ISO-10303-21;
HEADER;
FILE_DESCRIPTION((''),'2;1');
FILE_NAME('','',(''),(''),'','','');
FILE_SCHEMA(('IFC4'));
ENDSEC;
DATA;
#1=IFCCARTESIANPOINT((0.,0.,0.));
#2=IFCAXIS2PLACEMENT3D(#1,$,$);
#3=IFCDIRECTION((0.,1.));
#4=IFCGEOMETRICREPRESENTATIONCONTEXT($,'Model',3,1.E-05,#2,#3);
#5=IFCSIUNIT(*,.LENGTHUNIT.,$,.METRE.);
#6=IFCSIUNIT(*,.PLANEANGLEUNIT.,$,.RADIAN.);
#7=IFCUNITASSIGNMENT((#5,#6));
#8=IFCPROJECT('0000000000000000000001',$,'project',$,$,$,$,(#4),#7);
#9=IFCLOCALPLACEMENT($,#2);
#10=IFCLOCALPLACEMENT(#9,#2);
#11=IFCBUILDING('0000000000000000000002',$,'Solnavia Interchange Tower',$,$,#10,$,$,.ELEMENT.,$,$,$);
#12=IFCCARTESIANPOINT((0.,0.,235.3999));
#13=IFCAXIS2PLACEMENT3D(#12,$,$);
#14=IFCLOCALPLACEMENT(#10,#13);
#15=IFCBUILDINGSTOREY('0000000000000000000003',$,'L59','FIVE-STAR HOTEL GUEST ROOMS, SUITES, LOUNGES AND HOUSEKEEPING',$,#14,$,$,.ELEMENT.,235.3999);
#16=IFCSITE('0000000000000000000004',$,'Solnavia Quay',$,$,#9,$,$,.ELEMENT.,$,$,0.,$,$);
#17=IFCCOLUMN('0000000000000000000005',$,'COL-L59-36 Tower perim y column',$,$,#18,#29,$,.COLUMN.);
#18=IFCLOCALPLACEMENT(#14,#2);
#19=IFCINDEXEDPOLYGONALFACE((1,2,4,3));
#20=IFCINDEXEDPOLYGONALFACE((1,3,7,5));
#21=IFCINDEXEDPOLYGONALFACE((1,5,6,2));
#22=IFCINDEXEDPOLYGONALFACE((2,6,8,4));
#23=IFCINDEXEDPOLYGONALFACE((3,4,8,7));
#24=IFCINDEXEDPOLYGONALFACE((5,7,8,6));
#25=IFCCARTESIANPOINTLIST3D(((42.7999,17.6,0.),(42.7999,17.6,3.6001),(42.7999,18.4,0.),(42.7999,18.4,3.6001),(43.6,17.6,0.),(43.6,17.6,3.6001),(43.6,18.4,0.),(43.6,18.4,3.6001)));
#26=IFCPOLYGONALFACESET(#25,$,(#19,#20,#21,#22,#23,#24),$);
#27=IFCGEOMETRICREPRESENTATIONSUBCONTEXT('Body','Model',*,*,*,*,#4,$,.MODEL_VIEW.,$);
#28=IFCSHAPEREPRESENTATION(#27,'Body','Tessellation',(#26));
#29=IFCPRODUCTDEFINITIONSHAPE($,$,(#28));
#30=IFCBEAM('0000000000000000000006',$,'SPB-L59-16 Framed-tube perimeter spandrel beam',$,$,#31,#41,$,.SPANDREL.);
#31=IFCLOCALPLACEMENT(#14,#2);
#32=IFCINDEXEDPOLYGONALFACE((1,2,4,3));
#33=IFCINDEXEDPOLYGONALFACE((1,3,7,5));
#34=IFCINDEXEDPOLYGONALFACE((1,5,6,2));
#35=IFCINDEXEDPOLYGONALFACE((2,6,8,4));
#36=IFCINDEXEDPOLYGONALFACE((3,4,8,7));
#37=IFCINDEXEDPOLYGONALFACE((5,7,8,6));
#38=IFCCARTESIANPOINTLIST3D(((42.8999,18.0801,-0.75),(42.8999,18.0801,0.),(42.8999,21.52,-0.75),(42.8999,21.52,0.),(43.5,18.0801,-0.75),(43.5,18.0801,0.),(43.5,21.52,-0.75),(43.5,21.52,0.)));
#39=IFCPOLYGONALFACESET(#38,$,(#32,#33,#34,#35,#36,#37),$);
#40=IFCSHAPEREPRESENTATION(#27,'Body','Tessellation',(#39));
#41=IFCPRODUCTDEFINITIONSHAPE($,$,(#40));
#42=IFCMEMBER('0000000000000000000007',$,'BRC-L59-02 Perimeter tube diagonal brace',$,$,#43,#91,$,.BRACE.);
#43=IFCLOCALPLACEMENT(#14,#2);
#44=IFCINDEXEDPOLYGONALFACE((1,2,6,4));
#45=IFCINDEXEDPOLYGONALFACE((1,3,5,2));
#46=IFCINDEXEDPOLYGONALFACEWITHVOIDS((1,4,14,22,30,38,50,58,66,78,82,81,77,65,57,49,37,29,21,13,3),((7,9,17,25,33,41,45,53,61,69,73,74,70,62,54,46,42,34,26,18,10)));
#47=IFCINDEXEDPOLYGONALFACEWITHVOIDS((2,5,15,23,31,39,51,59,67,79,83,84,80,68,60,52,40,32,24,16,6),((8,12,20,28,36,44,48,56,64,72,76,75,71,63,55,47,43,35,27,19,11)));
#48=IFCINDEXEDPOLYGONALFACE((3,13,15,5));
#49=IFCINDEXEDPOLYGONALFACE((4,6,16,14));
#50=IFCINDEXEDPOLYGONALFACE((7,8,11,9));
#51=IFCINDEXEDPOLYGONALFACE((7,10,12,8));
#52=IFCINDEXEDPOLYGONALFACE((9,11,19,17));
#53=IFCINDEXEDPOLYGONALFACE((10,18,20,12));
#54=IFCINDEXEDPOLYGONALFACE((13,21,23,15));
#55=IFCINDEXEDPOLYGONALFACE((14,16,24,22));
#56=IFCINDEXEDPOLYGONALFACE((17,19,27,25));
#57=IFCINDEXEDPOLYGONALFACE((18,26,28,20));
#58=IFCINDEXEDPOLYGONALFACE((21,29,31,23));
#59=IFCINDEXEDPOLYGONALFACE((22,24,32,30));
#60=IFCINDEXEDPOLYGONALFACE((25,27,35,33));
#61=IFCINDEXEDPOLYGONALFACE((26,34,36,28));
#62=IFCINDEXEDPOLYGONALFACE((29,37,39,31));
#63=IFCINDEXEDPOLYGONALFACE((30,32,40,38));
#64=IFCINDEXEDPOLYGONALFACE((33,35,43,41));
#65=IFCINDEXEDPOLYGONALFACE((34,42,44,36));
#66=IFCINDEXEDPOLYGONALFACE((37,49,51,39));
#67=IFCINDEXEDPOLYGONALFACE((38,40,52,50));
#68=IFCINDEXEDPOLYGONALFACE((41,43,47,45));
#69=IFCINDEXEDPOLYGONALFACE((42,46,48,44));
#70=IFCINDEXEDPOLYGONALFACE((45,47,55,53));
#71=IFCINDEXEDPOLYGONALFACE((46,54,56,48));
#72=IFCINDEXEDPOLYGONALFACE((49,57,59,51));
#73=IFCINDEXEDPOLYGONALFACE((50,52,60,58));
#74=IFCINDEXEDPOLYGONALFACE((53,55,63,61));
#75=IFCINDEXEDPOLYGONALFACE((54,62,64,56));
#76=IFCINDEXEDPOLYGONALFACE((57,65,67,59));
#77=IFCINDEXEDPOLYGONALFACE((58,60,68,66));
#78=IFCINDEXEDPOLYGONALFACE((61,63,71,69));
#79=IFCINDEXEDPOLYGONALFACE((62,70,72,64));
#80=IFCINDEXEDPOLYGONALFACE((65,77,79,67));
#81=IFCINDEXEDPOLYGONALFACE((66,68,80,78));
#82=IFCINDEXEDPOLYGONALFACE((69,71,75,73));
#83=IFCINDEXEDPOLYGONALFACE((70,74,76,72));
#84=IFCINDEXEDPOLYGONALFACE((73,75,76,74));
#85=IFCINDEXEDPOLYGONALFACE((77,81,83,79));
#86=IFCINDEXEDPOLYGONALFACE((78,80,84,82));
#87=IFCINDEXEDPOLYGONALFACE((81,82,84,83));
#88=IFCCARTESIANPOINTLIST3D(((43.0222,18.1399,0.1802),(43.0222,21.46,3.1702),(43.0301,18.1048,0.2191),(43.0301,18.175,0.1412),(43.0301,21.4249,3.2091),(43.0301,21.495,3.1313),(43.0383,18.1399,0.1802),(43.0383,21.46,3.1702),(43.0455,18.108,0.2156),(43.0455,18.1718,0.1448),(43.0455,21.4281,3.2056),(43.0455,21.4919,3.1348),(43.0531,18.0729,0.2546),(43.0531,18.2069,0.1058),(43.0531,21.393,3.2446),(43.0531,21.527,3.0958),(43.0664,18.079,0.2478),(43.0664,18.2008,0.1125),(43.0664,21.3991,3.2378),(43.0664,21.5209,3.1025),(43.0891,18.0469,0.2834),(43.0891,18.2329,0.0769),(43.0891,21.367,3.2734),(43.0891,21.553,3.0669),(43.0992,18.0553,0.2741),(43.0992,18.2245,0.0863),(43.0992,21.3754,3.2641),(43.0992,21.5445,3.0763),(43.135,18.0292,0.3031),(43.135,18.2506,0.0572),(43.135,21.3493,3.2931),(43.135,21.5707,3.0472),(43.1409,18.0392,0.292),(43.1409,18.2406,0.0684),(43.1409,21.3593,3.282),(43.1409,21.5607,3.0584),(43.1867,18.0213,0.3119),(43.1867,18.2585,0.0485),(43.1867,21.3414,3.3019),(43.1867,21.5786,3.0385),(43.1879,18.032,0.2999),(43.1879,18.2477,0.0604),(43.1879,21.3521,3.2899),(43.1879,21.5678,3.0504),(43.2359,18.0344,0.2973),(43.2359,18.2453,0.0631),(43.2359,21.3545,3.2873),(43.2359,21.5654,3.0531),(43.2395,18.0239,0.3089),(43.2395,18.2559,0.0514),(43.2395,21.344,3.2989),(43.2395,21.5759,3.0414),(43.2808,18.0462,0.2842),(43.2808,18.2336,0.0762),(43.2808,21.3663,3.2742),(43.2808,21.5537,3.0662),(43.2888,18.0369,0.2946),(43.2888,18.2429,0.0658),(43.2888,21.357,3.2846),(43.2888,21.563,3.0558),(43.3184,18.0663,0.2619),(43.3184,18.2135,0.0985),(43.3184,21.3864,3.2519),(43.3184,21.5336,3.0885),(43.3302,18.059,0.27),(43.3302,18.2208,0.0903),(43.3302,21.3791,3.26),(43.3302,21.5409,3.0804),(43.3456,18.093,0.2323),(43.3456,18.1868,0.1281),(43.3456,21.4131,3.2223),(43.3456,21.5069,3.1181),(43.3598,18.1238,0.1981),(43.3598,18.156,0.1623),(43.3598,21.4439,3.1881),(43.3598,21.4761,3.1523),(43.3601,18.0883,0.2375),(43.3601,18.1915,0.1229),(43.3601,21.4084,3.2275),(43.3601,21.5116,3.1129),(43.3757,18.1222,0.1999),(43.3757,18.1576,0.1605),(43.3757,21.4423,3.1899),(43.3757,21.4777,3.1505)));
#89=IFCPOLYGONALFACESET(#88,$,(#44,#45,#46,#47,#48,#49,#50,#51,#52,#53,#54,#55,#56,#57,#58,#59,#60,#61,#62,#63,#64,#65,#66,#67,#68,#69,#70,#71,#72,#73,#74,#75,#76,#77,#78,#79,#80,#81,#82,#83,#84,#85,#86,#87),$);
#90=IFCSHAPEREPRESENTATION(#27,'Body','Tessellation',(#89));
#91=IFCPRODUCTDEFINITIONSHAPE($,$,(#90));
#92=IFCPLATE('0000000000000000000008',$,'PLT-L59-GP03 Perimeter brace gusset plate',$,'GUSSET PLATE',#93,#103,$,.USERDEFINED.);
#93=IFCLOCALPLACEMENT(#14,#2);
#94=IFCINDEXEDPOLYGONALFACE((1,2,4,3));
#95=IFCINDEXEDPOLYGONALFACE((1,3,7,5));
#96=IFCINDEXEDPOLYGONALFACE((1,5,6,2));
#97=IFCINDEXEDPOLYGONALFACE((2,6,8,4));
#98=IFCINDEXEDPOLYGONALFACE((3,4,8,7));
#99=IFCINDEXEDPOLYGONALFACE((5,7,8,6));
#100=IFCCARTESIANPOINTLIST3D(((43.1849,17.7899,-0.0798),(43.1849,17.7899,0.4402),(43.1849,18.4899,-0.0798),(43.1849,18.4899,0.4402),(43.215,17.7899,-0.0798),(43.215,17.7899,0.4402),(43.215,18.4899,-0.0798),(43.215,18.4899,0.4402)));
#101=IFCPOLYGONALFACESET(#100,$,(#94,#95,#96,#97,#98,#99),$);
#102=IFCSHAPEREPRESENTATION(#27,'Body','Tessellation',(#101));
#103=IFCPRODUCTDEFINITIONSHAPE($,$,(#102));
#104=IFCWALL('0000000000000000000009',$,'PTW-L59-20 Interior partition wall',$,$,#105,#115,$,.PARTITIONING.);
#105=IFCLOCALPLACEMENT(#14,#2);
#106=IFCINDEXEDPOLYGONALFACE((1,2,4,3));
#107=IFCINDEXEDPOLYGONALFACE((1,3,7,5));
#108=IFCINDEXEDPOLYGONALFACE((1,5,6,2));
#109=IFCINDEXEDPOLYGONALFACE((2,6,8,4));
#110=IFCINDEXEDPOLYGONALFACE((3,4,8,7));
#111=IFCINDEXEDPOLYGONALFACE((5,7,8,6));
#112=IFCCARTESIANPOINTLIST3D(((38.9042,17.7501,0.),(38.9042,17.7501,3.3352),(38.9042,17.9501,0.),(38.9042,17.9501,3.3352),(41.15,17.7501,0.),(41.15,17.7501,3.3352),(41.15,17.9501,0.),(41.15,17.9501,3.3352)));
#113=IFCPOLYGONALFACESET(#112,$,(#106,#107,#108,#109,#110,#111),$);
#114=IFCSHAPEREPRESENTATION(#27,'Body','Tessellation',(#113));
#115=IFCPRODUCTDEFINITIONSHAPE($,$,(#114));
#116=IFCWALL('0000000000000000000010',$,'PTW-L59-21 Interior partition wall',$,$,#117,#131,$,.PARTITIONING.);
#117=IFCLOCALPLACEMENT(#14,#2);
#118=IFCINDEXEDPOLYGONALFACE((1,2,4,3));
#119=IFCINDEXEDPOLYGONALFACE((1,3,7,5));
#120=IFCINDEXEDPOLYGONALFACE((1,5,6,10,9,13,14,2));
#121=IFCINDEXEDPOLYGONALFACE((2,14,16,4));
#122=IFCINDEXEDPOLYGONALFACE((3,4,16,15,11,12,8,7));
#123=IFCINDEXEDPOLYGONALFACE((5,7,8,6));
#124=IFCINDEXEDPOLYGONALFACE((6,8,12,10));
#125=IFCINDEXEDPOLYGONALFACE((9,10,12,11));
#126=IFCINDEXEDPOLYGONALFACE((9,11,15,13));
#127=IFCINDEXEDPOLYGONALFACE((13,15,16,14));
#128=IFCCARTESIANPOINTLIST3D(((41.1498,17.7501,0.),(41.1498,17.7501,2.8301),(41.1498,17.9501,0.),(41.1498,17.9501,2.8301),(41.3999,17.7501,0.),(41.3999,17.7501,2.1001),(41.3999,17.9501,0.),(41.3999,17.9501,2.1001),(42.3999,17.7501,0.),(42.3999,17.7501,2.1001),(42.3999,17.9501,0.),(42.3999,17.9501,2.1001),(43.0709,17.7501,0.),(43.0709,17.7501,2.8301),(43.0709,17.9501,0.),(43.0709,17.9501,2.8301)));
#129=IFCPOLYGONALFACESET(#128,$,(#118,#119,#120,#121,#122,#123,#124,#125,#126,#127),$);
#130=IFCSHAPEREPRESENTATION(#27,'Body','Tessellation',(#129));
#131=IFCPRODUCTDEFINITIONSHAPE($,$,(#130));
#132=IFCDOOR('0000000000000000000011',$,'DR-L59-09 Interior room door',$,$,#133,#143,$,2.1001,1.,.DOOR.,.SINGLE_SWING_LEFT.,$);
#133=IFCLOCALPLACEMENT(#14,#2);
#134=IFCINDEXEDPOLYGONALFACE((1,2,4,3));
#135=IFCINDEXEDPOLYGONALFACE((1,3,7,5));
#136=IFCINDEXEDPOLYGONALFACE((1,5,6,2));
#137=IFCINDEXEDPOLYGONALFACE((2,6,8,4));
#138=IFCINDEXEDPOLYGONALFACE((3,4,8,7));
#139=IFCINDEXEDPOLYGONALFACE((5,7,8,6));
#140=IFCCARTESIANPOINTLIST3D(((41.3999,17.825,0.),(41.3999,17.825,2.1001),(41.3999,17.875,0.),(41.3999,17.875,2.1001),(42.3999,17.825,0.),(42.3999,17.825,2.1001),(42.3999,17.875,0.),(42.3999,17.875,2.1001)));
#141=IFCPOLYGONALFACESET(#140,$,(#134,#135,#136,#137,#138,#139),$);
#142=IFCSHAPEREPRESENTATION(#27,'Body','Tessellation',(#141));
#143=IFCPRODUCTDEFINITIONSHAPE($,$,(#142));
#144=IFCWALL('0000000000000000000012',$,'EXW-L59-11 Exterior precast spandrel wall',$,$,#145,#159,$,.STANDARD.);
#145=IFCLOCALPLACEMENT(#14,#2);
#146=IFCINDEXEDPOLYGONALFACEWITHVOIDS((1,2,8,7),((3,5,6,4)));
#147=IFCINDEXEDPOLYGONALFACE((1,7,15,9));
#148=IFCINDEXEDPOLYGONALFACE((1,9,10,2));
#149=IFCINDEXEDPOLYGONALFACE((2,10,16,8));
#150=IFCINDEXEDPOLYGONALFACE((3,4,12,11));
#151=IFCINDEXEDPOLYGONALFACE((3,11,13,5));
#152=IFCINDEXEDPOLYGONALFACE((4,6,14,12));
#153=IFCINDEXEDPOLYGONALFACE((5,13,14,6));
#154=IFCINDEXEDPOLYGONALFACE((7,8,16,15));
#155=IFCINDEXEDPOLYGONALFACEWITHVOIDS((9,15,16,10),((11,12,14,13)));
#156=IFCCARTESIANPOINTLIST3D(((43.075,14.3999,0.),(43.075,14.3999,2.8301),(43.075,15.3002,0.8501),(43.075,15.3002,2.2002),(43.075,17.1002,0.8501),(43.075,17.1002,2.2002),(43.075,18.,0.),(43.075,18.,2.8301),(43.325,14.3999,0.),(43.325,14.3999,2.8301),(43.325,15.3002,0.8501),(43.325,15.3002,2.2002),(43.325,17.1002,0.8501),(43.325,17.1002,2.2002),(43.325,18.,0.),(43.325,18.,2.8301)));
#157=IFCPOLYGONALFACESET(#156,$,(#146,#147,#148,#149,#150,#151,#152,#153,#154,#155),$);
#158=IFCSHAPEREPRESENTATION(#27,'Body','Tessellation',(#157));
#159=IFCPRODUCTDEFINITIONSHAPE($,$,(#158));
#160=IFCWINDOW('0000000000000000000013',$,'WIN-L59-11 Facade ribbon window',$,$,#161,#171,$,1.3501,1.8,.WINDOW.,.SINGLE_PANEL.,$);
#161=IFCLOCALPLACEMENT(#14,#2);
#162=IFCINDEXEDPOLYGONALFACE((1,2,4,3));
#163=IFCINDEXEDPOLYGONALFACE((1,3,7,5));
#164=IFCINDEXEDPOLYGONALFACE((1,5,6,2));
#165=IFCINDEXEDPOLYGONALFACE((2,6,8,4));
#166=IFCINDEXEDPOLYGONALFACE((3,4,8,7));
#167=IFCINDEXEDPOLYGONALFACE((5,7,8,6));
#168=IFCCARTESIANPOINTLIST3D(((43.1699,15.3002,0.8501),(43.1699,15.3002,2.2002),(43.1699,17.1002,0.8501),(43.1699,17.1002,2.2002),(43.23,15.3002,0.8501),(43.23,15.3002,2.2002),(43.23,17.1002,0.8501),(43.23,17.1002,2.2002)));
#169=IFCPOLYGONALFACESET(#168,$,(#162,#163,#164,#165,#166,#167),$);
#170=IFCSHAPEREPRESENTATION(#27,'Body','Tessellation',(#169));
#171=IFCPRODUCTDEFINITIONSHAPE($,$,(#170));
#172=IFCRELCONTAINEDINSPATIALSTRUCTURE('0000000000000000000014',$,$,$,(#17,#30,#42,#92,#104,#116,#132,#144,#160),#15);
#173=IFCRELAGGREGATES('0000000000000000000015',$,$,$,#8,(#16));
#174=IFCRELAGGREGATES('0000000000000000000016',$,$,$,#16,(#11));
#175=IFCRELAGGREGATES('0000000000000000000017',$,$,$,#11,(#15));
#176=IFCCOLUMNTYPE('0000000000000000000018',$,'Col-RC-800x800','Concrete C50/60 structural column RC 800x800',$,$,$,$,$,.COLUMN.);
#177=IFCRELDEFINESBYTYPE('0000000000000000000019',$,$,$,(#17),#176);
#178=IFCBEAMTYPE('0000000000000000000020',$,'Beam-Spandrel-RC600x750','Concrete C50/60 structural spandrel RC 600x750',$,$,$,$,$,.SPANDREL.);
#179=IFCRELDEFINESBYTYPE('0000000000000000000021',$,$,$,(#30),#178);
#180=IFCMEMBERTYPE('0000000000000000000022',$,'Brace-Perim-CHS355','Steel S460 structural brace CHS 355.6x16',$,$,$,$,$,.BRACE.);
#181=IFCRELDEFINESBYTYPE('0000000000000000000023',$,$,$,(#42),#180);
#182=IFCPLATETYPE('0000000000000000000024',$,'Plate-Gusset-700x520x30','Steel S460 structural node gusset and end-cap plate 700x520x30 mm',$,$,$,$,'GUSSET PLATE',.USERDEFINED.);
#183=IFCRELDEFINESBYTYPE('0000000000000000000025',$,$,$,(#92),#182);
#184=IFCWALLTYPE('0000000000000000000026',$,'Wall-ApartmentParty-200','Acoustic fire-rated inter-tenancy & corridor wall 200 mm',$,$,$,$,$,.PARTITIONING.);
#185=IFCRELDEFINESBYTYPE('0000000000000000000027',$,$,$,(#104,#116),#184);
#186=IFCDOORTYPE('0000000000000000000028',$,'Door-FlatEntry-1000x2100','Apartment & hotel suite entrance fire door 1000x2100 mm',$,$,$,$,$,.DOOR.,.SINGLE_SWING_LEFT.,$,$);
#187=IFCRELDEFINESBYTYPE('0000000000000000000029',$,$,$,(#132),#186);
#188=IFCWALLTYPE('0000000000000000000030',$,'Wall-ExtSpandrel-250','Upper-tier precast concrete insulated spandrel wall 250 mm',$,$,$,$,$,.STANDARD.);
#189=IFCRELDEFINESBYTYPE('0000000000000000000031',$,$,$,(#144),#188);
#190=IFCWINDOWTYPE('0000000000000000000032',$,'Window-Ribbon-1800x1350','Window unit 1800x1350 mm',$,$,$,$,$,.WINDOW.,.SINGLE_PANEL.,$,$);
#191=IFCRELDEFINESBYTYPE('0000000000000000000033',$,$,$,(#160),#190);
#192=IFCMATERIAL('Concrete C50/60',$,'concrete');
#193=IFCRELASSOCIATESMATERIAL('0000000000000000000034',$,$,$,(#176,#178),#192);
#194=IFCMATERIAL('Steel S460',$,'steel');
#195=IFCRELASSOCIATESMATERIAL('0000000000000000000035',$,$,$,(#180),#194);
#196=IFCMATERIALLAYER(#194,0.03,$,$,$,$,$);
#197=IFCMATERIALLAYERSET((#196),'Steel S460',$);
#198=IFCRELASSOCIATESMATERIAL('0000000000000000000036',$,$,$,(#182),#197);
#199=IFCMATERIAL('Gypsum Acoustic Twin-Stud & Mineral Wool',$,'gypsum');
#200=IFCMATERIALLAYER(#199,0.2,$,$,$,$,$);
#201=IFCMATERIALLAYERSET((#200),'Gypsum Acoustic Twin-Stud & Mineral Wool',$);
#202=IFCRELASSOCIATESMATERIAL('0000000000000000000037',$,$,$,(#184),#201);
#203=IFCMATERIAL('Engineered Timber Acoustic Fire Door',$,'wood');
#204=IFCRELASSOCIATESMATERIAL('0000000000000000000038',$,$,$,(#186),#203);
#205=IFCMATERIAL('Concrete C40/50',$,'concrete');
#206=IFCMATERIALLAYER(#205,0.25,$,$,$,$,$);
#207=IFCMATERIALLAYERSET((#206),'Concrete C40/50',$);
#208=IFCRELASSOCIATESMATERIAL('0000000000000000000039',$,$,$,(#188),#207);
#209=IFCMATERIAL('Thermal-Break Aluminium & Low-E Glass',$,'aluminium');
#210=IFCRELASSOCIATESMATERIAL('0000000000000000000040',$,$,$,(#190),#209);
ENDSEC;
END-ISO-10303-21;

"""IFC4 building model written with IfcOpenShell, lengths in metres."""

from ifc_helpers import new_model, si_unit, direction, frame, frame_2d, origin, origin_2d, place, context, subcontext, project, spatial, rectangle, hollow_circle, extrude, material, layer, layer_set, material_profile, profile_set, type_object, element, fill, save


model = new_model("IFC4")

# Units and contexts
model_context = context("Model", 3, precision=1e-05, world=origin(), true_north=direction((0.0, 1.0)))
body_context = subcontext(model_context, "Body", "Model", "MODEL_VIEW")
ifc_project = project(units=[si_unit("LENGTHUNIT", "METRE"), si_unit("PLANEANGLEUNIT", "RADIAN")], contexts=[model_context])

# Site, building, storey
site_placement = place(None, origin())
site = spatial("IfcSite", under=ifc_project, at=site_placement, Name="Solnavia Quay", CompositionType="ELEMENT", RefElevation=0.0)
building_placement = place(site_placement, origin())
building = spatial("IfcBuilding", under=site, at=building_placement, Name="Solnavia Interchange Tower", CompositionType="ELEMENT")
storey_placement = place(building_placement, frame((0.0, 0.0, 235.3999)))
storey = spatial("IfcBuildingStorey", under=building, at=storey_placement, Name="L59", Description="FIVE-STAR HOTEL GUEST ROOMS, SUITES, LOUNGES AND HOUSEKEEPING", CompositionType="ELEMENT", Elevation=235.3999)

# Column
ifc_material_1 = material(Name="Concrete C50/60", Category="concrete")
ifc_material_profile_1 = material_profile(ifc_material_1, rectangle(XDim=0.8, YDim=0.8, at=origin_2d()), Name="RC 800x800")
ifc_profile_set_1 = profile_set([ifc_material_profile_1], Name="Concrete C50/60")
column_type = type_object("IfcColumnType", Name="Col-RC-800x800", Description="Concrete C50/60 structural column RC 800x800", PredefinedType="COLUMN", material=ifc_profile_set_1)
column_placement = place(storey_placement, frame((43.2, 18.0, 0.0), z_axis=(0.0, 0.0, 1.0), x_axis=(0.0, 1.0, 0.0)))
element("IfcColumn", 1, at=column_placement, inside=storey, type_object=column_type, Name="COL-L59-36 Tower perim y column", PredefinedType="COLUMN", context=body_context, shape_type="SweptSolid", body=[
    extrude(rectangle(XDim=0.8, YDim=0.8, at=origin_2d()), origin(), (0.0, 0.0, 1.0), 3.6001),
])

# Beam
ifc_material_profile_2 = material_profile(ifc_material_1, rectangle(XDim=0.6001, YDim=0.75, at=origin_2d()), Name="RC 600x750")
ifc_profile_set_2 = profile_set([ifc_material_profile_2], Name="Concrete C50/60")
beam_type = type_object("IfcBeamType", Name="Beam-Spandrel-RC600x750", Description="Concrete C50/60 structural spandrel RC 600x750", PredefinedType="SPANDREL", material=ifc_profile_set_2)
beam_placement = place(storey_placement, frame((43.2, 18.0801, -0.375), z_axis=(0.0, 1.0, 0.0), x_axis=(-1.0, 0.0, 0.0)))
element("IfcBeam", 2, at=beam_placement, inside=storey, type_object=beam_type, Name="SPB-L59-16 Framed-tube perimeter spandrel beam", PredefinedType="SPANDREL", context=body_context, shape_type="SweptSolid", body=[
    extrude(rectangle(XDim=0.6001, YDim=0.75, at=origin_2d()), origin(), (0.0, 0.0, 1.0), 3.4399),
])

# Member
ifc_material_2 = material(Name="Steel S460", Category="steel")
ifc_material_profile_3 = material_profile(ifc_material_2, hollow_circle(Radius=0.1777, WallThickness=0.0161, at=origin_2d()), Name="CHS 355.6x16")
ifc_profile_set_3 = profile_set([ifc_material_profile_3], Name="Steel S460")
member_type = type_object("IfcMemberType", Name="Brace-Perim-CHS355", Description="Steel S460 structural brace CHS 355.6x16", PredefinedType="BRACE", material=ifc_profile_set_3)
member_placement = place(storey_placement, frame((43.2, 18.1399, 0.1802), z_axis=(0.0, 0.743079, 0.669203), x_axis=(-1.0, 0.0, 0.0)))
element("IfcMember", 3, at=member_placement, inside=storey, type_object=member_type, Name="BRC-L59-02 Perimeter tube diagonal brace", PredefinedType="BRACE", context=body_context, shape_type="SweptSolid", body=[
    extrude(hollow_circle(Radius=0.1777, WallThickness=0.0161, at=origin_2d()), origin(), (0.0, 0.0, 1.0), 4.468),
])

# Plate
ifc_layer_1 = layer(ifc_material_2, 0.03)
ifc_layer_set_1 = layer_set([ifc_layer_1], Name="Steel S460")
plate_type = type_object("IfcPlateType", Name="Plate-Gusset-700x520x30", Description="Steel S460 structural node gusset and end-cap plate 700x520x30 mm", ElementType="GUSSET PLATE", PredefinedType="USERDEFINED", material=ifc_layer_set_1)
plate_placement = place(storey_placement, frame((43.2, 18.1399, -0.0798), z_axis=(0.0, 0.0, 1.0), x_axis=(0.0, 1.0, 0.0)))
element("IfcPlate", 4, at=plate_placement, inside=storey, type_object=plate_type, Name="PLT-L59-GP03 Perimeter brace gusset plate", ObjectType="GUSSET PLATE", PredefinedType="USERDEFINED", context=body_context, shape_type="SweptSolid", body=[
    extrude(rectangle(XDim=0.7, YDim=0.03, at=origin_2d()), origin(), (0.0, 0.0, 1.0), 0.52),
])

# Wall
ifc_material_3 = material(Name="Gypsum Acoustic Twin-Stud & Mineral Wool", Category="gypsum")
ifc_layer_2 = layer(ifc_material_3, 0.2)
ifc_layer_set_2 = layer_set([ifc_layer_2], Name="Gypsum Acoustic Twin-Stud & Mineral Wool")
wall_type_1 = type_object("IfcWallType", Name="Wall-ApartmentParty-200", Description="Acoustic fire-rated inter-tenancy & corridor wall 200 mm", PredefinedType="PARTITIONING", material=ifc_layer_set_2)
wall_1_placement = place(storey_placement, frame((38.9041, 17.8501, 0.0), z_axis=(0.0, 0.0, 1.0), x_axis=(1.0, 0.0, 0.0)))
element("IfcWall", 5, at=wall_1_placement, inside=storey, type_object=wall_type_1, Name="PTW-L59-20 Interior partition wall", PredefinedType="PARTITIONING", context=body_context, shape_type="SweptSolid", body=[
    extrude(rectangle(XDim=2.2458, YDim=0.2, at=frame_2d((1.123, 0.0))), origin(), (0.0, 0.0, 1.0), 3.3352),
])

# Wall, opening, door
wall_2_placement = place(storey_placement, frame((41.1499, 17.8501, 0.0), z_axis=(0.0, 0.0, 1.0), x_axis=(1.0, 0.0, 0.0)))
wall_2 = element("IfcWall", 6, at=wall_2_placement, inside=storey, type_object=wall_type_1, Name="PTW-L59-21 Interior partition wall", PredefinedType="PARTITIONING", context=body_context, shape_type="SweptSolid", body=[
    extrude(rectangle(XDim=1.9211, YDim=0.2, at=frame_2d((0.9604, 0.0))), origin(), (0.0, 0.0, 1.0), 2.8301),
])
opening_1_placement = place(wall_2_placement, frame((0.25, 0.0, 0.0)))
opening_1 = element("IfcOpeningElement", 7, at=opening_1_placement, cuts=wall_2, PredefinedType="OPENING", context=body_context, shape_type="SweptSolid", body=[
    extrude(rectangle(XDim=1.0, YDim=2.1001, at=frame_2d((0.5, 1.05))), frame((0.0, 0.1099, 0.0), z_axis=(0.0, -1.0, 0.0), x_axis=(1.0, 0.0, 0.0)), (0.0, 0.0, 1.0), 0.22),
])
ifc_material_4 = material(Name="Engineered Timber Acoustic Fire Door", Category="wood")
door_type_1 = type_object("IfcDoorType", Name="Door-FlatEntry-1000x2100", Description="Apartment & hotel suite entrance fire door 1000x2100 mm", OperationType="SINGLE_SWING_LEFT", PredefinedType="DOOR", material=ifc_material_4)
door_1_placement = place(opening_1_placement, origin())
door_1 = element("IfcDoor", 8, at=door_1_placement, inside=storey, type_object=door_type_1, Name="DR-L59-09 Interior room door", OperationType="SINGLE_SWING_LEFT", OverallHeight=2.1001, OverallWidth=1.0, PredefinedType="DOOR", context=body_context, shape_type="SweptSolid", body=[
    extrude(rectangle(XDim=1.0, YDim=2.1001, at=frame_2d((0.5, 1.05))), frame((0.0, 0.0249, 0.0), z_axis=(0.0, -1.0, 0.0), x_axis=(1.0, 0.0, 0.0)), (0.0, 0.0, 1.0), 0.05),
])
fill(opening_1, door_1)

# Wall, opening, window
ifc_material_5 = material(Name="Concrete C40/50", Category="concrete")
ifc_layer_3 = layer(ifc_material_5, 0.25)
ifc_layer_set_3 = layer_set([ifc_layer_3], Name="Concrete C40/50")
wall_type_2 = type_object("IfcWallType", Name="Wall-ExtSpandrel-250", Description="Upper-tier precast concrete insulated spandrel wall 250 mm", PredefinedType="STANDARD", material=ifc_layer_set_3)
wall_3_placement = place(storey_placement, frame((43.2, 18.0, 0.0), z_axis=(0.0, 0.0, 1.0), x_axis=(0.0, -1.0, 0.0)))
wall_3 = element("IfcWall", 9, at=wall_3_placement, inside=storey, type_object=wall_type_2, Name="EXW-L59-11 Exterior precast spandrel wall", PredefinedType="STANDARD", context=body_context, shape_type="SweptSolid", body=[
    extrude(rectangle(XDim=3.6001, YDim=0.25, at=frame_2d((1.8, 0.0))), origin(), (0.0, 0.0, 1.0), 2.8301),
])
opening_2_placement = place(wall_3_placement, frame((0.8999, 0.0, 0.8501)))
opening_2 = element("IfcOpeningElement", 10, at=opening_2_placement, cuts=wall_3, PredefinedType="OPENING", context=body_context, shape_type="SweptSolid", body=[
    extrude(rectangle(XDim=1.8, YDim=1.3501, at=frame_2d((0.8999, 0.675))), frame((0.0, 0.135, 0.0), z_axis=(0.0, -1.0, 0.0), x_axis=(1.0, 0.0, 0.0)), (0.0, 0.0, 1.0), 0.27),
])
ifc_material_6 = material(Name="Thermal-Break Aluminium & Low-E Glass", Category="aluminium")
window_type = type_object("IfcWindowType", Name="Window-Ribbon-1800x1350", Description="Window unit 1800x1350 mm", PartitioningType="SINGLE_PANEL", PredefinedType="WINDOW", material=ifc_material_6)
window_placement = place(opening_2_placement, origin())
window = element("IfcWindow", 11, at=window_placement, inside=storey, type_object=window_type, Name="WIN-L59-11 Facade ribbon window", OverallHeight=1.3501, OverallWidth=1.8, PartitioningType="SINGLE_PANEL", PredefinedType="WINDOW", context=body_context, shape_type="SweptSolid", body=[
    extrude(rectangle(XDim=1.8, YDim=1.3501, at=frame_2d((0.8999, 0.675))), frame((0.0, 0.03, 0.0), z_axis=(0.0, -1.0, 0.0), x_axis=(1.0, 0.0, 0.0)), (0.0, 0.0, 1.0), 0.0601),
])
fill(opening_2, window)

save(model, "model.ifc")
